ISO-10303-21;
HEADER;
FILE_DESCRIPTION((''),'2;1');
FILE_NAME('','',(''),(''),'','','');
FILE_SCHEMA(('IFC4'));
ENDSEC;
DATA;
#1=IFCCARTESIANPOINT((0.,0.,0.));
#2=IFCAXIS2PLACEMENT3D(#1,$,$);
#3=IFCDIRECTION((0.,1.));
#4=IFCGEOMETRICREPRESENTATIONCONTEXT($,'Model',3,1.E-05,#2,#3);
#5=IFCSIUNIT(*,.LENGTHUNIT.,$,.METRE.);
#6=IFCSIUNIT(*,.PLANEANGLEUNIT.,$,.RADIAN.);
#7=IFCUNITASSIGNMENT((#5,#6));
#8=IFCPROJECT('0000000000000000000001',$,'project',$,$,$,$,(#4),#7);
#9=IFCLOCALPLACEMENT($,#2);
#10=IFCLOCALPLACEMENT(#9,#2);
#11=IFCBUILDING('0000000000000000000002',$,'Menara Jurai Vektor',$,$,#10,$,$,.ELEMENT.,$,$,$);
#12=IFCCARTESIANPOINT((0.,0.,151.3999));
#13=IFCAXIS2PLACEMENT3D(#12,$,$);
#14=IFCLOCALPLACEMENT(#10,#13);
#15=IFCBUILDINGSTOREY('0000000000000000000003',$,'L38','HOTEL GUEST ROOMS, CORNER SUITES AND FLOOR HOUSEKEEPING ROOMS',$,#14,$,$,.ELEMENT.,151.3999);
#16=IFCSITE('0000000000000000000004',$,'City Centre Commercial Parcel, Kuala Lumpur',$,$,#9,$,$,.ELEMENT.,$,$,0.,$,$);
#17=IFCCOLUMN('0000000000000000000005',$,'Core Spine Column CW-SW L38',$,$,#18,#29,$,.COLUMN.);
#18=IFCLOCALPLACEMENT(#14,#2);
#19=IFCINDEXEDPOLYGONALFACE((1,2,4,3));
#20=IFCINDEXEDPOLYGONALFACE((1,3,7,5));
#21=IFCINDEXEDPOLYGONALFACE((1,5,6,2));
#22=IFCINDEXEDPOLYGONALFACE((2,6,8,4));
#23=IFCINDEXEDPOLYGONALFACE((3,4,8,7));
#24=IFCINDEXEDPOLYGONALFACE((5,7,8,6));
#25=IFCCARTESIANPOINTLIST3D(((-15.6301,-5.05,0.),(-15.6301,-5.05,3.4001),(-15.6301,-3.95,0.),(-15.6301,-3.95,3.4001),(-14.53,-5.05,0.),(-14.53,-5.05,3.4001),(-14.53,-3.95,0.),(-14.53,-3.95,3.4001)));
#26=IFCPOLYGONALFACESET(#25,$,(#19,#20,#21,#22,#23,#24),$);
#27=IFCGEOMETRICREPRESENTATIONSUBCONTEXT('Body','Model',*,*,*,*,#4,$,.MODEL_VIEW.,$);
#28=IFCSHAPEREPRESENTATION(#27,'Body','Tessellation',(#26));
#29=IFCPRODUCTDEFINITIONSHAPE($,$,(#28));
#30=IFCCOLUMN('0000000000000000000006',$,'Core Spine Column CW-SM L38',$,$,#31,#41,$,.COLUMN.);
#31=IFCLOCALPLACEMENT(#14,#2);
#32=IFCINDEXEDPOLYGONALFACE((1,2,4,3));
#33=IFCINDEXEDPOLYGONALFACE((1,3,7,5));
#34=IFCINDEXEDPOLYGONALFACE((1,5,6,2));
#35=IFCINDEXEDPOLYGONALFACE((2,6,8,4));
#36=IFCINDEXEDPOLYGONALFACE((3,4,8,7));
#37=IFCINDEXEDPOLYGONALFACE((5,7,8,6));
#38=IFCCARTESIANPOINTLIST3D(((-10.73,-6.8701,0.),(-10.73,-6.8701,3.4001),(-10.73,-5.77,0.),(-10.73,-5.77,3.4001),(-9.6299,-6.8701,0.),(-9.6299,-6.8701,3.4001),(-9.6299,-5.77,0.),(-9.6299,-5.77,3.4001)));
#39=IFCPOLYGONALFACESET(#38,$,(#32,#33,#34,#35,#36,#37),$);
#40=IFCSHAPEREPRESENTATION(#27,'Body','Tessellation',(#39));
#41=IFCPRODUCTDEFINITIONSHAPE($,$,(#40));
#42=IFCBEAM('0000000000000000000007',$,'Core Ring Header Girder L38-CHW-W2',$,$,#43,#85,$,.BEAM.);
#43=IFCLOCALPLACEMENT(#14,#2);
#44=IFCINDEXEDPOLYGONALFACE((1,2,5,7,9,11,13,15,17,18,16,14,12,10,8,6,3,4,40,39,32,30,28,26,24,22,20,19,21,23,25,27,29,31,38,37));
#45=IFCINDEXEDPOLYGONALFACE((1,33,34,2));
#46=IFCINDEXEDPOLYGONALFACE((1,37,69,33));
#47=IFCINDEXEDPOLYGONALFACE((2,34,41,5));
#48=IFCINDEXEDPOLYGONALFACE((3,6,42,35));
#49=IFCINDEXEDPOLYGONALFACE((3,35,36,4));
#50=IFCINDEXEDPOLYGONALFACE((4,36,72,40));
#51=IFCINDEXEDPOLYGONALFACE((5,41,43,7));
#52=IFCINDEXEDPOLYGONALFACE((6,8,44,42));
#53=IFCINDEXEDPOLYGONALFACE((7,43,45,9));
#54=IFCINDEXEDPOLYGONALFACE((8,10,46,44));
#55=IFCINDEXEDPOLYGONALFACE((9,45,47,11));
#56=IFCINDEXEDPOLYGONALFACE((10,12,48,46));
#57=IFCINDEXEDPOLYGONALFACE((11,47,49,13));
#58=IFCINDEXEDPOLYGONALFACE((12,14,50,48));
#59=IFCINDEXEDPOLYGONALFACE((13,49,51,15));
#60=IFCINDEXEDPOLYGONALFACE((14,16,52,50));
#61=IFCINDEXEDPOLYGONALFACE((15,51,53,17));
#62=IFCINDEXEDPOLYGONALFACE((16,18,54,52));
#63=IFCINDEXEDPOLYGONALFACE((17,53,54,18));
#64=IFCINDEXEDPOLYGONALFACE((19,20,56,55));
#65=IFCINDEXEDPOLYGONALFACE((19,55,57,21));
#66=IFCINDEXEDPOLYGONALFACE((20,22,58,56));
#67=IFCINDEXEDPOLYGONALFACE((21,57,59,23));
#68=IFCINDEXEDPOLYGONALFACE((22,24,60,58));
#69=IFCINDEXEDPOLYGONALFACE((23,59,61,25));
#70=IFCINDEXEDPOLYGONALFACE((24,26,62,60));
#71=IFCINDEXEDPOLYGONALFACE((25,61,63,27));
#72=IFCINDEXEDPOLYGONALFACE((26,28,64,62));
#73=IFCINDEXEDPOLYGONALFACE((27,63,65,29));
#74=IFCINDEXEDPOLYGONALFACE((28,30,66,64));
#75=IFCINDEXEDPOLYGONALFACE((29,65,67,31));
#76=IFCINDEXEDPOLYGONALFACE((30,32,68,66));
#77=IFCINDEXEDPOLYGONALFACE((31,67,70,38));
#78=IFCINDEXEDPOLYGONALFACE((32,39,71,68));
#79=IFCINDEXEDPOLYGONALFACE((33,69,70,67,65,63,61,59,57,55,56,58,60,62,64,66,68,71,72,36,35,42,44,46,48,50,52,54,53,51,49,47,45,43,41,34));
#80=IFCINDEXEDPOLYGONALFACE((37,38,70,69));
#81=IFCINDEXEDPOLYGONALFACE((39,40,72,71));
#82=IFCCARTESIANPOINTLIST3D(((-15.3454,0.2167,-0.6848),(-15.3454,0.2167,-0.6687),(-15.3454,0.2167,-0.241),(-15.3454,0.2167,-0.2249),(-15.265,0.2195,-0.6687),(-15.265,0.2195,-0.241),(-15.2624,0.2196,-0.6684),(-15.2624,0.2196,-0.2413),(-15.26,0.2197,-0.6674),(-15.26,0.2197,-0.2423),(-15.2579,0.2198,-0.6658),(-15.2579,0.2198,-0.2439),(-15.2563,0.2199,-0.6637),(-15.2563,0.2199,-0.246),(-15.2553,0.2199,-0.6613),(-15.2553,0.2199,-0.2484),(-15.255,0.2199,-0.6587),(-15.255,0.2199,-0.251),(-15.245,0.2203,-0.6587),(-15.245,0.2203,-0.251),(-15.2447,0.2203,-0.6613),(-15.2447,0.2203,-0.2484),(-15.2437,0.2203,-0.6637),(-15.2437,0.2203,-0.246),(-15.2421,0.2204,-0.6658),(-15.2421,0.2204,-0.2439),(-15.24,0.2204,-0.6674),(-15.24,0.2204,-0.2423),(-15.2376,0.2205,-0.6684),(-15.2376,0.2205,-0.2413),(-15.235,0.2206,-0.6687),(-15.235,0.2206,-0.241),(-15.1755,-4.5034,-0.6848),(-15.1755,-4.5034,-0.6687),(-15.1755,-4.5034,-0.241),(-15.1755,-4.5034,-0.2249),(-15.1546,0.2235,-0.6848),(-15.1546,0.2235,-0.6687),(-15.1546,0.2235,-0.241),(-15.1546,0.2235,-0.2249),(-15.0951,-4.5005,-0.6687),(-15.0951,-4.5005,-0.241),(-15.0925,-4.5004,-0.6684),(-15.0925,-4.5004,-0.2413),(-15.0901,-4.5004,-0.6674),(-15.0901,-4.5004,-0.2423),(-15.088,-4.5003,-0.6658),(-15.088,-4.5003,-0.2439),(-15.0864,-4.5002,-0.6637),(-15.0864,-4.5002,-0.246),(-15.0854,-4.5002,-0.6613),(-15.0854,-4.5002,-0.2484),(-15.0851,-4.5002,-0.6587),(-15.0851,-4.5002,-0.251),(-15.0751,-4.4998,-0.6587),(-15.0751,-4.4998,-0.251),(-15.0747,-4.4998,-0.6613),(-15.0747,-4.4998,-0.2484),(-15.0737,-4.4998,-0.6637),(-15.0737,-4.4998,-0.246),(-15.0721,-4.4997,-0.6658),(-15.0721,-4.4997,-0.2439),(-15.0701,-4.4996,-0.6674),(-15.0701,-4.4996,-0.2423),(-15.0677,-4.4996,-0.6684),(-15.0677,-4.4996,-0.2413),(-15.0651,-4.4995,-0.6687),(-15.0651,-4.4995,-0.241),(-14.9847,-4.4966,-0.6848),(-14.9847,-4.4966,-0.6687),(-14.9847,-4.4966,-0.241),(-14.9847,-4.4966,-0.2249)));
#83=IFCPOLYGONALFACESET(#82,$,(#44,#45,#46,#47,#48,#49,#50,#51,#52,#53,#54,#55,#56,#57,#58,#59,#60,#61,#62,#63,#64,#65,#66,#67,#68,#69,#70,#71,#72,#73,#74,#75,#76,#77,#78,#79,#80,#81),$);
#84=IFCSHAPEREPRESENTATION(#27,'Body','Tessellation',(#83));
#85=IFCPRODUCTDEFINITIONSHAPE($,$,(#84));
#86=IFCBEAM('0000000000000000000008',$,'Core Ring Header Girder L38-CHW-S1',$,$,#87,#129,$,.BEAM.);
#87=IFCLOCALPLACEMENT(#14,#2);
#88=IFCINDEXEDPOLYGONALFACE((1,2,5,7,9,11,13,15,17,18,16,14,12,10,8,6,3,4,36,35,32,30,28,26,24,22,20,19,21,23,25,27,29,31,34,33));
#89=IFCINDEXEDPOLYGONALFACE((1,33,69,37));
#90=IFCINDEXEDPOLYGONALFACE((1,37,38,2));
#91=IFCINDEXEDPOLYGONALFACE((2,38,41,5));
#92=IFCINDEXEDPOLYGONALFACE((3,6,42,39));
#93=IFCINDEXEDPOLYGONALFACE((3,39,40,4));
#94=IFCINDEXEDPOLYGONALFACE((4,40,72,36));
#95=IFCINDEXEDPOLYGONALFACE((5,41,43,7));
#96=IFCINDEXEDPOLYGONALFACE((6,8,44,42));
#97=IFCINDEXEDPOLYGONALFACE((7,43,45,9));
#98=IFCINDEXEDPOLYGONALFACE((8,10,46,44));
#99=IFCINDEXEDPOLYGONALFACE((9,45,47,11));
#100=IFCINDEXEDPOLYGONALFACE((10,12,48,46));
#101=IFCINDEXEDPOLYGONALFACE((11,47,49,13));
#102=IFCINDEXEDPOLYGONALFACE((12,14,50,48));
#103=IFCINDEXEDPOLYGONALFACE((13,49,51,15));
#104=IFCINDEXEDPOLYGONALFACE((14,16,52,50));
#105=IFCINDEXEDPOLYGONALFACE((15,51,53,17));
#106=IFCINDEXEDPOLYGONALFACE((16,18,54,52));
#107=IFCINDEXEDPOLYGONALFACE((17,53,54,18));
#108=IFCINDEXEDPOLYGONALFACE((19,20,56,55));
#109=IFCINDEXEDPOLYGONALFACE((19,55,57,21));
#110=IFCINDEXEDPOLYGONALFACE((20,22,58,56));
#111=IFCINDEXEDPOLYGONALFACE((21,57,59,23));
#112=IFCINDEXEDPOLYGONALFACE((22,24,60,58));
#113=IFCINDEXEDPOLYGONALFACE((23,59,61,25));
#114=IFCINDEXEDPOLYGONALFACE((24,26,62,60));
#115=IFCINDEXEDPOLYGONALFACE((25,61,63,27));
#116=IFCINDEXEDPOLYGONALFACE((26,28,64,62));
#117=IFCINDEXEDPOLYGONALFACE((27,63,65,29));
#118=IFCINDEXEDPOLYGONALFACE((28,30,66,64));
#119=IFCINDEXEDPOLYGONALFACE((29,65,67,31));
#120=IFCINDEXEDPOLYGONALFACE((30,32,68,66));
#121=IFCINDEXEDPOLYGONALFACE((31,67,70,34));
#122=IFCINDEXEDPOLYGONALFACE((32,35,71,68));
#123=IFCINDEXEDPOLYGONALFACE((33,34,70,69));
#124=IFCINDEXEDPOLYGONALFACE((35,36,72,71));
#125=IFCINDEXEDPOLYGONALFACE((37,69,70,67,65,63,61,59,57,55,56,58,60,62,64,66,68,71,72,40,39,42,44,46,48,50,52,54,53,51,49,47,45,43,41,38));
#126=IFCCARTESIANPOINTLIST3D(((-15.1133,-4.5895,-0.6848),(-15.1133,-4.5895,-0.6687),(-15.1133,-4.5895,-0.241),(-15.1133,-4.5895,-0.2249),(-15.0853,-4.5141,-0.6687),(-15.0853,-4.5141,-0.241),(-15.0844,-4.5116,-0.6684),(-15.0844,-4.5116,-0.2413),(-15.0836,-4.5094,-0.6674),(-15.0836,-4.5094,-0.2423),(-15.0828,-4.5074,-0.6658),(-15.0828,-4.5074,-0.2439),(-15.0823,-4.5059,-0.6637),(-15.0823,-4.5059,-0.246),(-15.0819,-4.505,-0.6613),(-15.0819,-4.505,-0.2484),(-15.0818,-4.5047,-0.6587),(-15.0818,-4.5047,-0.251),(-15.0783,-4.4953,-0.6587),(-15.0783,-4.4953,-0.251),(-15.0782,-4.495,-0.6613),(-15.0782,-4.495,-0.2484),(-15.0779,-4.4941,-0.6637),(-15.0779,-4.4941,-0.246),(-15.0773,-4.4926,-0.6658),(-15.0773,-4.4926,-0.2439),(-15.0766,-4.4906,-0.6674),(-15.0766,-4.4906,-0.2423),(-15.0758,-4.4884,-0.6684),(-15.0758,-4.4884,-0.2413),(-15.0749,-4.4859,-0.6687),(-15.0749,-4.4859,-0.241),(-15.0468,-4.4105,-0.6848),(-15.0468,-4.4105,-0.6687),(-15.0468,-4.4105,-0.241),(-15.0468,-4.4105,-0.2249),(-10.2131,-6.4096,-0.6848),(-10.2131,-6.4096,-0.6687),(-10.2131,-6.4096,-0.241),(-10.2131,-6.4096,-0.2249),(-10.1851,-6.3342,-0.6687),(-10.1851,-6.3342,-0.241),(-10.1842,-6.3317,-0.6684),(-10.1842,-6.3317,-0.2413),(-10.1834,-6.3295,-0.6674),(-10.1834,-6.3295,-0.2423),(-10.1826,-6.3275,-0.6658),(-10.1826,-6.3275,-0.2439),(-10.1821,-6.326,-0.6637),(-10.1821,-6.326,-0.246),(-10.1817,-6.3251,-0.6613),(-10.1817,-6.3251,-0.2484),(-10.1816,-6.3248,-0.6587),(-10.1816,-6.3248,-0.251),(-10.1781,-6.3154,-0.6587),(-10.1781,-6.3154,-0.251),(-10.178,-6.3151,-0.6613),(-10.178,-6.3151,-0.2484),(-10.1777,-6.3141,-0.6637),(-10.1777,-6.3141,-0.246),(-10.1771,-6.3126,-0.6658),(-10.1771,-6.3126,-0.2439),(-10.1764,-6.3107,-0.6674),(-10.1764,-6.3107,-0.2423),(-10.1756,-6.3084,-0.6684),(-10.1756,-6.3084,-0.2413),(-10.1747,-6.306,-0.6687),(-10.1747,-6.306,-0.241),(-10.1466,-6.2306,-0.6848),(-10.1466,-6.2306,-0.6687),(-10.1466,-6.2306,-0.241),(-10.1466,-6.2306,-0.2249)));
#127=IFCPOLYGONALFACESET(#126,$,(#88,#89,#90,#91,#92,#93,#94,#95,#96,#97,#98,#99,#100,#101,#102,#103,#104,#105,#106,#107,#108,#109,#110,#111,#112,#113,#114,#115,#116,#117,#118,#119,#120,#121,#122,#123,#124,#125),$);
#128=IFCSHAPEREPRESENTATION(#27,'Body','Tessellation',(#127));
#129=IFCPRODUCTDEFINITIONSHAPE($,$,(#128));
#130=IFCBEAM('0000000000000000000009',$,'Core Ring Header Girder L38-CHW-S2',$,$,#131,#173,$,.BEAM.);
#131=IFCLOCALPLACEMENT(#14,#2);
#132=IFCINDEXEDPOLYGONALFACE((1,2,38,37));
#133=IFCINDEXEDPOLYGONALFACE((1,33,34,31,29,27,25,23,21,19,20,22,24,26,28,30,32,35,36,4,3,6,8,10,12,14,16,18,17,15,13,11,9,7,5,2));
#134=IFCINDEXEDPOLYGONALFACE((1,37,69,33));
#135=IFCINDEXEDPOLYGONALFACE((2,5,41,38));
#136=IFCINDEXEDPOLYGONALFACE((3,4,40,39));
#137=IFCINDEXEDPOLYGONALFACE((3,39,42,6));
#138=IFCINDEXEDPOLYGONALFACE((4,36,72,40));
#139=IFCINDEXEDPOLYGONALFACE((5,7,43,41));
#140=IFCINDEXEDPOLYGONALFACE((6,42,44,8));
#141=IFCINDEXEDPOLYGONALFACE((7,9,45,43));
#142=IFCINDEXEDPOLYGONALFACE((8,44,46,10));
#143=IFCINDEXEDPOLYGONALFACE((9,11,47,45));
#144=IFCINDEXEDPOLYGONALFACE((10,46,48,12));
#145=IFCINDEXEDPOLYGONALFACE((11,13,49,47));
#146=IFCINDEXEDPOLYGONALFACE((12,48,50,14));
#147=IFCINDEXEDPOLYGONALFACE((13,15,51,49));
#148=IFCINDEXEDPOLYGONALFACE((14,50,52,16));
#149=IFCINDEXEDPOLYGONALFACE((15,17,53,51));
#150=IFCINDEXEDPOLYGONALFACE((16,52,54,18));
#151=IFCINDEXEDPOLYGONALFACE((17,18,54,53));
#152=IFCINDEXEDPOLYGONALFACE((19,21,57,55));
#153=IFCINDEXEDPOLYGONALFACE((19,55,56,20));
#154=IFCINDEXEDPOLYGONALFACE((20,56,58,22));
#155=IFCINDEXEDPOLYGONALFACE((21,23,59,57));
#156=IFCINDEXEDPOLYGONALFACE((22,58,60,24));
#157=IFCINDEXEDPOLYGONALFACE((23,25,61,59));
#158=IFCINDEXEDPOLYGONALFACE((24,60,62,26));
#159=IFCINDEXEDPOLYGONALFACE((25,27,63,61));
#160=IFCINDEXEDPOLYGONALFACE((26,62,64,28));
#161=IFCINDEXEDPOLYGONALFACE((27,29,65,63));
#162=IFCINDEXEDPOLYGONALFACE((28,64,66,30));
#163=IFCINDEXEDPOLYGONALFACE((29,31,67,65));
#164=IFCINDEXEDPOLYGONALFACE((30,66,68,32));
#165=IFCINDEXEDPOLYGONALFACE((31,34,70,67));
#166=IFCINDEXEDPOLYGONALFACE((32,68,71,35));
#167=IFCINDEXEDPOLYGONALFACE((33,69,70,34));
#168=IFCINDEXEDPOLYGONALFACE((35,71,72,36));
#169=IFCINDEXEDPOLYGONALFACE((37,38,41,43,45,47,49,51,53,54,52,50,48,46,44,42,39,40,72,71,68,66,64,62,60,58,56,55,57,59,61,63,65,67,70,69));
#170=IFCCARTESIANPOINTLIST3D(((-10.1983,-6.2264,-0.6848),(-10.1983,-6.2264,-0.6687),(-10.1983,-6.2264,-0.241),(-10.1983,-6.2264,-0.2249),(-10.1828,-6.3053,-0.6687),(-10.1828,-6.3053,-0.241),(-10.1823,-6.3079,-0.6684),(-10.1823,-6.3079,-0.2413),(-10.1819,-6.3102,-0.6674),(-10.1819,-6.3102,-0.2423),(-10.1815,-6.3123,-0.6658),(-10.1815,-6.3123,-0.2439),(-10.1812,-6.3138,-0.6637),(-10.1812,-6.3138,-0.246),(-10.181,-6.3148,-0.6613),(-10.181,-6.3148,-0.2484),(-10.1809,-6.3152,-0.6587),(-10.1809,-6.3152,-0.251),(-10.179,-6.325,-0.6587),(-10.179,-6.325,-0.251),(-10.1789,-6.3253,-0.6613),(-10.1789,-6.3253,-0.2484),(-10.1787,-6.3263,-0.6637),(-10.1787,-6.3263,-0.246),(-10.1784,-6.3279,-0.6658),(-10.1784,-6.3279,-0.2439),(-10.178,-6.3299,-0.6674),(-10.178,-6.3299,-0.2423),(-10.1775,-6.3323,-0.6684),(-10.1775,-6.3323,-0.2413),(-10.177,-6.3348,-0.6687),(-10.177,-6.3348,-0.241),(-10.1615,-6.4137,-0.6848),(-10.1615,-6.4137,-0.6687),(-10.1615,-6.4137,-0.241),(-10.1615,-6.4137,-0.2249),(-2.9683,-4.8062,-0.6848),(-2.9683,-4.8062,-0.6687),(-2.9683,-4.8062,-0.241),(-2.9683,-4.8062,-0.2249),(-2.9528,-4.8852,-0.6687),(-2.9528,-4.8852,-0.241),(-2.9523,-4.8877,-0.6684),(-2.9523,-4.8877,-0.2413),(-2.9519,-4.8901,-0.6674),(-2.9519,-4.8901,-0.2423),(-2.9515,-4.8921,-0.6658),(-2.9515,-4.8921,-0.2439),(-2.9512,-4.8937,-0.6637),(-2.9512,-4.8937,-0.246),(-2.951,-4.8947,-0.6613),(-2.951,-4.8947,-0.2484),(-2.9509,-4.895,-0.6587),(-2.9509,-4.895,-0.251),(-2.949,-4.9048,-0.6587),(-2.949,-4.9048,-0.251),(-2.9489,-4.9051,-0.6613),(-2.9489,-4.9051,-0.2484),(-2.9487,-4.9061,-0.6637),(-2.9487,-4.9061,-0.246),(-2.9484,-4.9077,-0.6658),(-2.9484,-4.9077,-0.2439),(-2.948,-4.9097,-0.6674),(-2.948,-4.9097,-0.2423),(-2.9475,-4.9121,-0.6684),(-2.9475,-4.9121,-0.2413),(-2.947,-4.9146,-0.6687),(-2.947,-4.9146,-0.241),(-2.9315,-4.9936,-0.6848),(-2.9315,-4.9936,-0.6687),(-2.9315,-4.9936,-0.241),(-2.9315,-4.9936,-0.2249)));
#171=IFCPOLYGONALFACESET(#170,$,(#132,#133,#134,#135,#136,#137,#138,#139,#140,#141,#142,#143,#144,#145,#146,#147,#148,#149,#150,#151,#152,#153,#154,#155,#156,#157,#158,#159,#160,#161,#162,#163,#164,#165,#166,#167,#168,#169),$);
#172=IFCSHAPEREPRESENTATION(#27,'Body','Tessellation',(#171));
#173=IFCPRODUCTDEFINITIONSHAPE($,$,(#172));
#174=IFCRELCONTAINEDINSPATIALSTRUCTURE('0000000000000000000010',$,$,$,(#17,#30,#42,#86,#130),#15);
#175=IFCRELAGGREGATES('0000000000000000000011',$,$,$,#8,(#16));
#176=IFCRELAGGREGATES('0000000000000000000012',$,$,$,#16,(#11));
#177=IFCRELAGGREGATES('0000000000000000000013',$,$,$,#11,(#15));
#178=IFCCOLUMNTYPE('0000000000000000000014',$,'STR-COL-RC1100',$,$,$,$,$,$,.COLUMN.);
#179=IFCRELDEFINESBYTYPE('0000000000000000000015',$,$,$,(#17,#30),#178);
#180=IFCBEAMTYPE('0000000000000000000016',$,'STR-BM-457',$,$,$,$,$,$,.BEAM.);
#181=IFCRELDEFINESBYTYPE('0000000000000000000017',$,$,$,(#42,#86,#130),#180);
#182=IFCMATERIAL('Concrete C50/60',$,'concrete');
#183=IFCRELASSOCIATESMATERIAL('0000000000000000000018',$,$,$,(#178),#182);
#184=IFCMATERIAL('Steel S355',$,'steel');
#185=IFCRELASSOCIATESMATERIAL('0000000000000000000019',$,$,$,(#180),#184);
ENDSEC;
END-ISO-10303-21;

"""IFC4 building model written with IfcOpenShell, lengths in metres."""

from ifc_helpers import new_model, si_unit, direction, frame, origin, origin_2d, place, context, subcontext, project, spatial, rectangle, i_section, extrude, material, material_profile, profile_set, type_object, element, save


model = new_model("IFC4")

# Units and contexts
model_context = context("Model", 3, precision=1e-05, world=origin(), true_north=direction((0.0, 1.0)))
body_context = subcontext(model_context, "Body", "Model", "MODEL_VIEW")
ifc_project = project(units=[si_unit("LENGTHUNIT", "METRE"), si_unit("PLANEANGLEUNIT", "RADIAN")], contexts=[model_context])

# Site, building, storey
site_placement = place(None, origin())
site = spatial("IfcSite", under=ifc_project, at=site_placement, Name="City Centre Commercial Parcel, Kuala Lumpur", CompositionType="ELEMENT", RefElevation=0.0)
building_placement = place(site_placement, origin())
building = spatial("IfcBuilding", under=site, at=building_placement, Name="Menara Jurai Vektor", CompositionType="ELEMENT")
storey_placement = place(building_placement, frame((0.0, 0.0, 151.3999)))
storey = spatial("IfcBuildingStorey", under=building, at=storey_placement, Name="L38", Description="HOTEL GUEST ROOMS, CORNER SUITES AND FLOOR HOUSEKEEPING ROOMS", CompositionType="ELEMENT", Elevation=151.3999)

# Columns
ifc_material_1 = material(Name="Concrete C50/60", Category="concrete")
ifc_material_profile_1 = material_profile(ifc_material_1, rectangle(XDim=1.1001, YDim=1.1001, at=origin_2d()), Name="RC 1100x1100")
ifc_profile_set_1 = profile_set([ifc_material_profile_1], Name="Concrete C50/60")
column_type = type_object("IfcColumnType", Name="STR-COL-RC1100", PredefinedType="COLUMN", material=ifc_profile_set_1)
for number, where, z_axis, x_axis, name in (
    (1, (-15.0801, -4.5, 0.0), (0.0, 0.0, 1.0), (1.0, 0.0, 0.0), "Core Spine Column CW-SW L38"),
    (2, (-10.1799, -6.3201, 0.0), (0.0, 0.0, 1.0), (1.0, 0.0, 0.0), "Core Spine Column CW-SM L38"),
):
    element("IfcColumn", number, at=place(storey_placement, frame(where, z_axis=z_axis, x_axis=x_axis)), inside=storey, type_object=column_type, Name=name, PredefinedType="COLUMN", context=body_context, shape_type="SweptSolid", body=[
        extrude(rectangle(XDim=1.1001, YDim=1.1001, at=origin_2d()), origin(), (0.0, 0.0, 1.0), 3.4001),
    ])

# Beams
ifc_material_2 = material(Name="Steel S355", Category="steel")
ifc_material_profile_2 = material_profile(ifc_material_2, i_section(OverallWidth=0.1909, OverallDepth=0.46, WebThickness=0.01, FlangeThickness=0.0161, FilletRadius=0.01, at=origin_2d()), Name="UKB 457x191x82")
ifc_profile_set_2 = profile_set([ifc_material_profile_2], Name="Steel S355")
beam_type = type_object("IfcBeamType", Name="STR-BM-457", PredefinedType="BEAM", material=ifc_profile_set_2)
beam_1_placement = place(storey_placement, frame((-15.0801, -4.5, -0.4548), z_axis=(-0.035977, 0.999353, 0.0), x_axis=(-0.999353, -0.035977, 0.0)))
element("IfcBeam", 3, at=beam_1_placement, inside=storey, type_object=beam_type, Name="Core Ring Header Girder L38-CHW-W2", PredefinedType="BEAM", context=body_context, shape_type="SweptSolid", body=[
    extrude(i_section(OverallWidth=0.1909, OverallDepth=0.46, WebThickness=0.01, FlangeThickness=0.0161, FilletRadius=0.01, at=origin_2d()), origin(), (0.0, 0.0, 1.0), 4.7231),
])
beam_2_placement = place(storey_placement, frame((-15.0801, -4.5, -0.4548), z_axis=(0.937424, -0.348189, 0.0), x_axis=(0.348189, 0.937424, 0.0)))
element("IfcBeam", 4, at=beam_2_placement, inside=storey, type_object=beam_type, Name="Core Ring Header Girder L38-CHW-S1", PredefinedType="BEAM", context=body_context, shape_type="SweptSolid", body=[
    extrude(i_section(OverallWidth=0.1909, OverallDepth=0.46, WebThickness=0.01, FlangeThickness=0.0161, FilletRadius=0.01, at=origin_2d()), origin(), (0.0, 0.0, 1.0), 5.2273),
])
beam_3_placement = place(storey_placement, frame((-10.1799, -6.3201, -0.4548), z_axis=(0.981249, 0.192744, 0.0), x_axis=(-0.192744, 0.981249, 0.0)))
element("IfcBeam", 5, at=beam_3_placement, inside=storey, type_object=beam_type, Name="Core Ring Header Girder L38-CHW-S2", PredefinedType="BEAM", context=body_context, shape_type="SweptSolid", body=[
    extrude(i_section(OverallWidth=0.1909, OverallDepth=0.46, WebThickness=0.01, FlangeThickness=0.0161, FilletRadius=0.01, at=origin_2d()), origin(), (0.0, 0.0, 1.0), 7.3682),
])

save(model, "model.ifc")
